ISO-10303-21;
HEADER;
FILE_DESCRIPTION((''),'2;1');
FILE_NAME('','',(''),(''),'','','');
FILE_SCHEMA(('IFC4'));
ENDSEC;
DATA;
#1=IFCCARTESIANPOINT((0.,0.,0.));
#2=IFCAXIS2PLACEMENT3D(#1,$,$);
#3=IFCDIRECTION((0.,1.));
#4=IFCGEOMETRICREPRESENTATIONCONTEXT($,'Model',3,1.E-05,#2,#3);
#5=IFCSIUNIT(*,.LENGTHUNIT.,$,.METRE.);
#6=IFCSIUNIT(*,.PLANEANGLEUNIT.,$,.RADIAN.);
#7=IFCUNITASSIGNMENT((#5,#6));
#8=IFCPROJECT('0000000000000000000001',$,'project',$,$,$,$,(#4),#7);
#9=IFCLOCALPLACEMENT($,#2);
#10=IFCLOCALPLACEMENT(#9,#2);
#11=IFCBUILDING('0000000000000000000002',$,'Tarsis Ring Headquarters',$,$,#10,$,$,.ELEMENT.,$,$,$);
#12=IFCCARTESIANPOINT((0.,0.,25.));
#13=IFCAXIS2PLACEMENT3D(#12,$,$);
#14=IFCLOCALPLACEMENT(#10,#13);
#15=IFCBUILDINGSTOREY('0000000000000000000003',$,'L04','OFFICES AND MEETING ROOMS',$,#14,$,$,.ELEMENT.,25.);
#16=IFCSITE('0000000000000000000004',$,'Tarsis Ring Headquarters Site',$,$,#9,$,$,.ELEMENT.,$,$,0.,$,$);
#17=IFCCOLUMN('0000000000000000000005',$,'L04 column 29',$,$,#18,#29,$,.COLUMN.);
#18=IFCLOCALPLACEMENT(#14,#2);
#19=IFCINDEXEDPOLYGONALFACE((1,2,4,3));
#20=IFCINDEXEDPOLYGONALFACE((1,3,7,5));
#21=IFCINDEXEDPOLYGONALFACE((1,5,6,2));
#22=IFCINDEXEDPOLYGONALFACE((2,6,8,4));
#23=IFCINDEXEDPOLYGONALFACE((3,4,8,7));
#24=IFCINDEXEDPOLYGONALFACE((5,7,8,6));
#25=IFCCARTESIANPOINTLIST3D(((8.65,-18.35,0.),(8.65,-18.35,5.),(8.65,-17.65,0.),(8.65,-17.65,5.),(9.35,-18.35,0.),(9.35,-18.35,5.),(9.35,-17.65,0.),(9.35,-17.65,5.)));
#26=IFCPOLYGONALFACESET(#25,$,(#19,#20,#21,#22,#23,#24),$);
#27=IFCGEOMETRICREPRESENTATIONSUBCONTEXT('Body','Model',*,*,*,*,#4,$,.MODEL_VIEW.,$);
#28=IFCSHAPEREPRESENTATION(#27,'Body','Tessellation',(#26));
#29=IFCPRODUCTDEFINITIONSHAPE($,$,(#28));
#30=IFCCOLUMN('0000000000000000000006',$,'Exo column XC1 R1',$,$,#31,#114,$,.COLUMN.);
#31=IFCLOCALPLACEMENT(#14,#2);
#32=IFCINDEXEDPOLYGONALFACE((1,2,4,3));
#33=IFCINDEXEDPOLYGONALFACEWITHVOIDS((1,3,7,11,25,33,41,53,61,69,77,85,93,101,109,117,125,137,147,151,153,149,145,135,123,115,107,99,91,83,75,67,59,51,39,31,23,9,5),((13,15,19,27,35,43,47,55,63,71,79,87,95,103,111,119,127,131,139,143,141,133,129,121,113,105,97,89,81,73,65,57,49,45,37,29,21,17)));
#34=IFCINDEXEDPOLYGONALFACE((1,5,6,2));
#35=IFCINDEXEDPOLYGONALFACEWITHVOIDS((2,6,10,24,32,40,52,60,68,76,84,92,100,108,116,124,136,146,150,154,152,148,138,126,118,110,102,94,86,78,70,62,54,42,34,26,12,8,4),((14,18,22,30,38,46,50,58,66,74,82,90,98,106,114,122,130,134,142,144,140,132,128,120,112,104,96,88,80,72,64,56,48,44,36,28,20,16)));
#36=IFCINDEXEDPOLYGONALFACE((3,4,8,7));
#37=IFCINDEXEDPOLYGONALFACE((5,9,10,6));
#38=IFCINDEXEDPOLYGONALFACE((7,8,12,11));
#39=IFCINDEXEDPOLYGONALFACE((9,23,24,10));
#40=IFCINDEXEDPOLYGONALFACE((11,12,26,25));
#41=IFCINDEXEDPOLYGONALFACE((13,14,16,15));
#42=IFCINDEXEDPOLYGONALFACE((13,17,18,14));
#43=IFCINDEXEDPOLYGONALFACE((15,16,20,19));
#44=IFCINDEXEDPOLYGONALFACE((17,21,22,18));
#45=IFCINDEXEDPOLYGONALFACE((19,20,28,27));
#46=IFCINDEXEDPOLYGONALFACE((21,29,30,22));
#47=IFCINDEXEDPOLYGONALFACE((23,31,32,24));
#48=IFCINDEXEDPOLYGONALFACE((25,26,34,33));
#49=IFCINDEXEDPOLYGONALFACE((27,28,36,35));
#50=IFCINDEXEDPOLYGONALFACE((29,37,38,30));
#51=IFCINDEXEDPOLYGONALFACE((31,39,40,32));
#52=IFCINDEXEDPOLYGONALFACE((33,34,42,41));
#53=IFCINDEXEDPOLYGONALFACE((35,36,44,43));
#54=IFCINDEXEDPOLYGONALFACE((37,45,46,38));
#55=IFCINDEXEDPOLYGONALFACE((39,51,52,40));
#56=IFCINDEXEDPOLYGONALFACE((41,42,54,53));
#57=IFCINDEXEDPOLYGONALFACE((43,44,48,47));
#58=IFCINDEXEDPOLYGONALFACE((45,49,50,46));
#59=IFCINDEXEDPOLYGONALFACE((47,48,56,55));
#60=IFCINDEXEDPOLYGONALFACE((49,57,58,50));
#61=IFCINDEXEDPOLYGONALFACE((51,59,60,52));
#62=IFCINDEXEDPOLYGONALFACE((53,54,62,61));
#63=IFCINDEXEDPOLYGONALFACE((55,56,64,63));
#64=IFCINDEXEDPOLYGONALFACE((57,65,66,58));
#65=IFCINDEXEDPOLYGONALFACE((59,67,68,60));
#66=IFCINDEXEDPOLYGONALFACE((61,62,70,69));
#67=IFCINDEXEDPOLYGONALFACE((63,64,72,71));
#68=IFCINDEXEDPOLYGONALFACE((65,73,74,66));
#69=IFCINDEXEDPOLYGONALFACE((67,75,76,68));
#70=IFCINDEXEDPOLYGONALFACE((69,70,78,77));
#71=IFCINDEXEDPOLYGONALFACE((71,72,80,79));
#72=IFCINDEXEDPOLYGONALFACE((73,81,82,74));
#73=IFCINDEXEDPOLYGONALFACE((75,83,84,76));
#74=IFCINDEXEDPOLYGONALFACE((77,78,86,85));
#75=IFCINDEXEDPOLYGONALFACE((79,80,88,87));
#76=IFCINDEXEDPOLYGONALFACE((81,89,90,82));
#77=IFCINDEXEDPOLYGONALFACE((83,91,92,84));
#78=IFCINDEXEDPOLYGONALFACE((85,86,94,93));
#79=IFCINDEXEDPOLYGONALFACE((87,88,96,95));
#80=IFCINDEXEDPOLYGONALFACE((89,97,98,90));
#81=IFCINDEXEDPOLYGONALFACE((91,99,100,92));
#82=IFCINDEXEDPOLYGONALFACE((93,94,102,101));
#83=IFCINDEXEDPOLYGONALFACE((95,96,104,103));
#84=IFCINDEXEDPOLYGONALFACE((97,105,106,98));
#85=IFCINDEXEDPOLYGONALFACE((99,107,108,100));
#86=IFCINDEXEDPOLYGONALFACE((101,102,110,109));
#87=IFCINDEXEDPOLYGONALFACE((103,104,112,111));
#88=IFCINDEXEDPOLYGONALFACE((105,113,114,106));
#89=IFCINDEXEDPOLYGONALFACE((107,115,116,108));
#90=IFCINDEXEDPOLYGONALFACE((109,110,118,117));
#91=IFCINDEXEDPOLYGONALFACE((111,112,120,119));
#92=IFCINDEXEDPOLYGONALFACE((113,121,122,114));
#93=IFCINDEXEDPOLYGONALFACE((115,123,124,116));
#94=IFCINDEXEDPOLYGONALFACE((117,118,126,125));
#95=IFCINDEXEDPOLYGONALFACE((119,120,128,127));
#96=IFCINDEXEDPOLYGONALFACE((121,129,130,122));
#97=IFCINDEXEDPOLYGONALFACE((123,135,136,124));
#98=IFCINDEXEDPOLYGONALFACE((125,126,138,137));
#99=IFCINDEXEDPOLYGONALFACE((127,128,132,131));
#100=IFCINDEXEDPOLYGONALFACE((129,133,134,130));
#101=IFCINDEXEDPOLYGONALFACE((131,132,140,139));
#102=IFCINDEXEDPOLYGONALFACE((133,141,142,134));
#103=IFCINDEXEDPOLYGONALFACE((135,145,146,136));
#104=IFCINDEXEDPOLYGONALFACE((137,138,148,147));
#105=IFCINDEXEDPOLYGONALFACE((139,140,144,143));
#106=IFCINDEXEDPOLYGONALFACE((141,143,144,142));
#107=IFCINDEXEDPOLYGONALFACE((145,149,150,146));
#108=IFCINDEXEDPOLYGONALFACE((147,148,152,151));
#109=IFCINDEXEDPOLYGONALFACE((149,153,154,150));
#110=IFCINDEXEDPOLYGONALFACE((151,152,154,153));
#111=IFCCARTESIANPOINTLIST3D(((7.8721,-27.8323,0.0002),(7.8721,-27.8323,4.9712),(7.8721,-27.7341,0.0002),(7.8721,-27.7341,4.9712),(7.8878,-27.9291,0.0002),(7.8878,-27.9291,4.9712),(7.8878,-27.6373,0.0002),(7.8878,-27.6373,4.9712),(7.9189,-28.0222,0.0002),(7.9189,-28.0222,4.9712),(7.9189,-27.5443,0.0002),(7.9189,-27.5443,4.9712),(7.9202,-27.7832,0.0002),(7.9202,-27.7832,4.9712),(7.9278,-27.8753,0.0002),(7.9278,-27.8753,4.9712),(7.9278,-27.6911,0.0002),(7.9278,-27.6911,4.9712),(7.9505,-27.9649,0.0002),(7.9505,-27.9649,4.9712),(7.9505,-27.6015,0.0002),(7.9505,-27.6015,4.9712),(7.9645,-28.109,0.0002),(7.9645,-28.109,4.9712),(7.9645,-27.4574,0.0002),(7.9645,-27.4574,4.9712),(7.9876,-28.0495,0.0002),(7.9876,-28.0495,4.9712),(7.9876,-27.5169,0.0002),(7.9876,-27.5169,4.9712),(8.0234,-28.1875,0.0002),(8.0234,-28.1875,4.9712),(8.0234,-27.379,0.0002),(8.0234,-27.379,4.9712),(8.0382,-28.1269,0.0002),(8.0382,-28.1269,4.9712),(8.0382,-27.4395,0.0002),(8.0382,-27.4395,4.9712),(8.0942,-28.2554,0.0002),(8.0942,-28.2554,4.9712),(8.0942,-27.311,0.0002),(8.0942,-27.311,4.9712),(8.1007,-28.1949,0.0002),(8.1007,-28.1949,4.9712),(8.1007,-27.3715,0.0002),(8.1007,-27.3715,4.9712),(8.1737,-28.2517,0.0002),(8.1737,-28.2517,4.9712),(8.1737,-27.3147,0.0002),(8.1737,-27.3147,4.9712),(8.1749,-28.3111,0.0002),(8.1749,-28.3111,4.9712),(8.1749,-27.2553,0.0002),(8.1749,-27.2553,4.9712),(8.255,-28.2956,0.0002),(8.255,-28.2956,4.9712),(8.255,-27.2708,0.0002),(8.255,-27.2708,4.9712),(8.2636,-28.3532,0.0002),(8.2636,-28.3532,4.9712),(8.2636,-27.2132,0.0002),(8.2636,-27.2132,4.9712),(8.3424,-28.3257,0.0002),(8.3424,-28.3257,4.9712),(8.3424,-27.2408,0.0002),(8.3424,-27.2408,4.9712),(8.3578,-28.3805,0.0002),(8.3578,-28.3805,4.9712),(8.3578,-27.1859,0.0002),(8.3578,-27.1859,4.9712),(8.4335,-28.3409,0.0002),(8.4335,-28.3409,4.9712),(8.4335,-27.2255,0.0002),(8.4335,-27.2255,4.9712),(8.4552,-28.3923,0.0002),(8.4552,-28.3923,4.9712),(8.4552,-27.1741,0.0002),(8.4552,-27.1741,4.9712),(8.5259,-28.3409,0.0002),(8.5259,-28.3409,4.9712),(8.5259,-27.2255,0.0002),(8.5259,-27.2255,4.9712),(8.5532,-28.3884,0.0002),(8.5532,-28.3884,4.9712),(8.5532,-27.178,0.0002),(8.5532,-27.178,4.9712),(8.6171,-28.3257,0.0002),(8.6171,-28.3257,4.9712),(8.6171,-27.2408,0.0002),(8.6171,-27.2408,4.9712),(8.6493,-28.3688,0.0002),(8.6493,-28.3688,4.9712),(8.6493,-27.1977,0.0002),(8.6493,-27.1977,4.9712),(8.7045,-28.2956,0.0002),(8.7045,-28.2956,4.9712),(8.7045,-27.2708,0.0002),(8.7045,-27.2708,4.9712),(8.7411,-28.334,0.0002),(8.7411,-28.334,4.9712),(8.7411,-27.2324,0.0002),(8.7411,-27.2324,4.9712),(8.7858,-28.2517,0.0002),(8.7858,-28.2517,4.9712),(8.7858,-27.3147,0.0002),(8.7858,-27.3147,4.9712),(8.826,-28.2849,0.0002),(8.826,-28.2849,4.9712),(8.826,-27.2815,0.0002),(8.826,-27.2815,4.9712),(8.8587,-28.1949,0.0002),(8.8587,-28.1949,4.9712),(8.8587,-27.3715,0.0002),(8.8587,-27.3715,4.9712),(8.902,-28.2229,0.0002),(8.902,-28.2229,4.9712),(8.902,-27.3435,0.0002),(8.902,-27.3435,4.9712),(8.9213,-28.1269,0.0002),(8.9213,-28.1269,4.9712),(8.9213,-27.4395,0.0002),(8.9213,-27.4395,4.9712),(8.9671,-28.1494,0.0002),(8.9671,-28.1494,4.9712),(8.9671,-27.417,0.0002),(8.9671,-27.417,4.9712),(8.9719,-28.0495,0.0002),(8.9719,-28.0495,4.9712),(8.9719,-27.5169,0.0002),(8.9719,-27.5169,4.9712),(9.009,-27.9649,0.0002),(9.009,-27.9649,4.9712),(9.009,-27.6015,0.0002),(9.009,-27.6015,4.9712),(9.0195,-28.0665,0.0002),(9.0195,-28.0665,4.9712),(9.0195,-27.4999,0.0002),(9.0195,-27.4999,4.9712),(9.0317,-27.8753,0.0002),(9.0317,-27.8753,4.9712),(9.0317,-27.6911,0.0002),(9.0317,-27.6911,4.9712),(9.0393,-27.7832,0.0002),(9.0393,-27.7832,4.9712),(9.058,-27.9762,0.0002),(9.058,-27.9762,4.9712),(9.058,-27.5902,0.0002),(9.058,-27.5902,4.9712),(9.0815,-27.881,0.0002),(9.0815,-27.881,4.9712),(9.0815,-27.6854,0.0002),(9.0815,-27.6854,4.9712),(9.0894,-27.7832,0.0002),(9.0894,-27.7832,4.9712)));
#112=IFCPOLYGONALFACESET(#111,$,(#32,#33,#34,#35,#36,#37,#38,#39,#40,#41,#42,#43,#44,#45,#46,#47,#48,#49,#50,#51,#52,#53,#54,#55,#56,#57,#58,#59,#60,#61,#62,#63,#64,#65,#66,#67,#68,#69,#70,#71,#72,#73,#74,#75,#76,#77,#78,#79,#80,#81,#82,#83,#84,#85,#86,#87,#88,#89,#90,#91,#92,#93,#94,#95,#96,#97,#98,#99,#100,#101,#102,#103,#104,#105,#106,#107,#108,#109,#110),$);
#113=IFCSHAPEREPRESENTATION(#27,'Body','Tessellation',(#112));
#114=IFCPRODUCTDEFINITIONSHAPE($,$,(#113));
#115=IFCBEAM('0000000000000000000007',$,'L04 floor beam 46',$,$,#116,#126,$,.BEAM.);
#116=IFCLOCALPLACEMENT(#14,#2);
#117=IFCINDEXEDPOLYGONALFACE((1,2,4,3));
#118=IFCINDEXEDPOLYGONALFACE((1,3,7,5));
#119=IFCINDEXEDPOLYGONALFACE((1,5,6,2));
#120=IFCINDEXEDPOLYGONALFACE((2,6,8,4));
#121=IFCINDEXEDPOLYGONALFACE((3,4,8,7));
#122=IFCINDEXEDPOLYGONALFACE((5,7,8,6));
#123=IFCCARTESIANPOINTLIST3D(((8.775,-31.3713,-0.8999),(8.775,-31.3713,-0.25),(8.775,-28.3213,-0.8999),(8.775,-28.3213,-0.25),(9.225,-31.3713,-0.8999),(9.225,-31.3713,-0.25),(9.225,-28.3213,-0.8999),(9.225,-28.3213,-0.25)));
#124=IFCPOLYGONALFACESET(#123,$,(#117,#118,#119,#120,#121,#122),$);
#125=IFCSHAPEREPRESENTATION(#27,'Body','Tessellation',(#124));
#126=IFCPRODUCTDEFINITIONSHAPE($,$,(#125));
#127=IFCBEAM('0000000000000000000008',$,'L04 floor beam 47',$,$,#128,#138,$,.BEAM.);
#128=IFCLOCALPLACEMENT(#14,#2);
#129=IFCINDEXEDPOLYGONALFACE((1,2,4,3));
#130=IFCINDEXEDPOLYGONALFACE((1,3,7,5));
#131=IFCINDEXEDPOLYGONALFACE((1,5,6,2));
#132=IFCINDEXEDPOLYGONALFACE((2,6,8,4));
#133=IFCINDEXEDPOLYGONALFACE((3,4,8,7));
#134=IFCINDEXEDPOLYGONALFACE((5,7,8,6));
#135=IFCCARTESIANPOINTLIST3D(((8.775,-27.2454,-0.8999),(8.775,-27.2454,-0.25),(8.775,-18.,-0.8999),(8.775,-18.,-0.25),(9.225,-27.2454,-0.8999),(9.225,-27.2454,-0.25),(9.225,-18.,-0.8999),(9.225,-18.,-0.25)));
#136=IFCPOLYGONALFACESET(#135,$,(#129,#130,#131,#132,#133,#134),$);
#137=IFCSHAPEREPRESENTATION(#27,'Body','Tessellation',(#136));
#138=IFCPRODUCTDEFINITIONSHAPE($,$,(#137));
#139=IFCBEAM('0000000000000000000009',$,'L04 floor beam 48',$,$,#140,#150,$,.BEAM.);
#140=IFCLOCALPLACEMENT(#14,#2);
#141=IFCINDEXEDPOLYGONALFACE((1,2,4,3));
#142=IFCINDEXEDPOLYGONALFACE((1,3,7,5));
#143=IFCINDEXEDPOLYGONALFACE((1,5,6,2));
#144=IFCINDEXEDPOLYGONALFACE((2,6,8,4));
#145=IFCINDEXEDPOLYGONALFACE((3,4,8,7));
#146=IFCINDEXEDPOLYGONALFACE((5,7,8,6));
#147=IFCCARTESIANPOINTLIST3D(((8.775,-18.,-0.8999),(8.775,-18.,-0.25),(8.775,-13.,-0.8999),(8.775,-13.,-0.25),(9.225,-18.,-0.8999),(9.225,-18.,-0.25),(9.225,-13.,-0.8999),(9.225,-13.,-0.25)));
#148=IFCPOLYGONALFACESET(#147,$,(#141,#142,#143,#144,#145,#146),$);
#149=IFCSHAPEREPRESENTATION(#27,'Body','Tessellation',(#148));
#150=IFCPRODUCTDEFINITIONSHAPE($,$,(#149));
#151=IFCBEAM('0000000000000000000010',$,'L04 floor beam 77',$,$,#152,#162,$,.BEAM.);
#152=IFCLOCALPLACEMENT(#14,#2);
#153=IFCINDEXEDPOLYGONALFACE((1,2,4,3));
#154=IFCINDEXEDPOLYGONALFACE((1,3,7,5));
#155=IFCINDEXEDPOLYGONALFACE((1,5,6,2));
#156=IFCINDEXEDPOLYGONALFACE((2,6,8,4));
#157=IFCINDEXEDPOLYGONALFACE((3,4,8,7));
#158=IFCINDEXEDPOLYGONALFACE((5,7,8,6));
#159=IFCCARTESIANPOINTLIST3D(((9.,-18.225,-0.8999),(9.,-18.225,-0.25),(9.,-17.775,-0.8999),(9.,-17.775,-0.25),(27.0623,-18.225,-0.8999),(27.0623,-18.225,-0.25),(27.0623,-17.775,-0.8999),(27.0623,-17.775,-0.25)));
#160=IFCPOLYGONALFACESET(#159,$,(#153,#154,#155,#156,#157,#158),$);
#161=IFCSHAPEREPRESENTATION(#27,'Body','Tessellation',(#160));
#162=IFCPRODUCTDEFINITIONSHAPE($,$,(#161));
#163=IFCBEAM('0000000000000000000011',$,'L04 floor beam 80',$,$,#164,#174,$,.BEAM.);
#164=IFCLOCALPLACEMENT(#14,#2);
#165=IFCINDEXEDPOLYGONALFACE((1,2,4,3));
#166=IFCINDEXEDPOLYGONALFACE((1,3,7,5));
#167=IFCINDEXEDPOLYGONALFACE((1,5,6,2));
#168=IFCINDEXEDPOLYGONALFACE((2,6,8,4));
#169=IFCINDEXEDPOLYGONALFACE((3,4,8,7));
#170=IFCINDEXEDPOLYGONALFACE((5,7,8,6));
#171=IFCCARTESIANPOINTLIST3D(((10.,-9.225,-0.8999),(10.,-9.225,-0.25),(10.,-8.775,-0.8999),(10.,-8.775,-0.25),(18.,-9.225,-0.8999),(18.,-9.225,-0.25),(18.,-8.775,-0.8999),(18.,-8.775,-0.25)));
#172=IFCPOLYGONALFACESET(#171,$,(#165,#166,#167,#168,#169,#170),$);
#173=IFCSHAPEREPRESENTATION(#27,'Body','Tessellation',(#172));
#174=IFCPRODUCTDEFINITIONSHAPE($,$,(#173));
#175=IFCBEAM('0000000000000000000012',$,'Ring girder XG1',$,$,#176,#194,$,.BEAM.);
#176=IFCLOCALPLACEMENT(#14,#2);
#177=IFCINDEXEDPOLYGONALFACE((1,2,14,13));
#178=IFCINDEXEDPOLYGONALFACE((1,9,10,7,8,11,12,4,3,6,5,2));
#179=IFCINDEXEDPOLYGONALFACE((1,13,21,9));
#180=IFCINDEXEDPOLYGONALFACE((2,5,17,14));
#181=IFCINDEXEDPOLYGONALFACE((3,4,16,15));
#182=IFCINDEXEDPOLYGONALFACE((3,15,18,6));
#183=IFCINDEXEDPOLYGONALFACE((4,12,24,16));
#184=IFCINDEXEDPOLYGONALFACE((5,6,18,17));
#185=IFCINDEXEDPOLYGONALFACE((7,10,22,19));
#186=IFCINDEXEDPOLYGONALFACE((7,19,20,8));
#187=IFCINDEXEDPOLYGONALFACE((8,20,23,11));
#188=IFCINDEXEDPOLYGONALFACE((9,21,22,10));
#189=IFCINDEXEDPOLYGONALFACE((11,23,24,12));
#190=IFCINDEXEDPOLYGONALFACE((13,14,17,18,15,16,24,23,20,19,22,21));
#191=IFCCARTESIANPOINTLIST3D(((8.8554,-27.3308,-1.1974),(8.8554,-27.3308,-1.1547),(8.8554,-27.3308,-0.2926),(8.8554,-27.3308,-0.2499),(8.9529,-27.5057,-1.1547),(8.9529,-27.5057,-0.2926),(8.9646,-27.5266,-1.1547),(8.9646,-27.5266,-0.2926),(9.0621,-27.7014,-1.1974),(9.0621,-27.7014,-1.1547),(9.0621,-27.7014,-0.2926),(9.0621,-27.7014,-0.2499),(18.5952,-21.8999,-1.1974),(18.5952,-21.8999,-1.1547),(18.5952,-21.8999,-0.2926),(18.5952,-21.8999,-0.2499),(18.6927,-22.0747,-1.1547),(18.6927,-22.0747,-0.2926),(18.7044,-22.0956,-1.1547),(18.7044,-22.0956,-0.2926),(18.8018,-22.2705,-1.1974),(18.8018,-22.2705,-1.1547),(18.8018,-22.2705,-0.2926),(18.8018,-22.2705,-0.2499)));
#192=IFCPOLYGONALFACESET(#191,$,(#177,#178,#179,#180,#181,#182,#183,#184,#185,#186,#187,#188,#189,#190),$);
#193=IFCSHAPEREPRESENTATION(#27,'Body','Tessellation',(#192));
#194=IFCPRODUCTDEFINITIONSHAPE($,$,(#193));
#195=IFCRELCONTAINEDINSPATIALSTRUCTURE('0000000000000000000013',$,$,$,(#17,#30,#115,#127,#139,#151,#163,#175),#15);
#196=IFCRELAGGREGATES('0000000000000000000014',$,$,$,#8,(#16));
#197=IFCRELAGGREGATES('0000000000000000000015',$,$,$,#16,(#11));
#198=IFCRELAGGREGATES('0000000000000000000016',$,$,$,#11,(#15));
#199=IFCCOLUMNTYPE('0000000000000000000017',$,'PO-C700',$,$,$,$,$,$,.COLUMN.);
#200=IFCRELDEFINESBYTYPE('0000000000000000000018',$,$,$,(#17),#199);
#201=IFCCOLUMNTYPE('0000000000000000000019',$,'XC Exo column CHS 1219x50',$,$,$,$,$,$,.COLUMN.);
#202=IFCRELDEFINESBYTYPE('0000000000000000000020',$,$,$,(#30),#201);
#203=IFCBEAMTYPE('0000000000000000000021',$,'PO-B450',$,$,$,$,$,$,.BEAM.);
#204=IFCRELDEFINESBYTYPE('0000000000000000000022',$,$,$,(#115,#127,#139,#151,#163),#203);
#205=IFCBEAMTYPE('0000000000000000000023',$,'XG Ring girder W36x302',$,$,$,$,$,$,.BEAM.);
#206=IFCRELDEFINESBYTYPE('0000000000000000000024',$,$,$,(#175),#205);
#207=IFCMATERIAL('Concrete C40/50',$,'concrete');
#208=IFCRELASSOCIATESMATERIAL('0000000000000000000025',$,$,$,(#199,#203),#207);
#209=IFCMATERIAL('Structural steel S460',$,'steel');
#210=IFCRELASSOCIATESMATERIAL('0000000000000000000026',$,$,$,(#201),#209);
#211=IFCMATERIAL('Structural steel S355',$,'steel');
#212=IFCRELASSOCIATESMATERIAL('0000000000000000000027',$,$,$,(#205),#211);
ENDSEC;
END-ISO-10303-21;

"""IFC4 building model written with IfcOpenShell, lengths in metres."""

from ifc_helpers import new_model, si_unit, direction, frame, origin, origin_2d, place, context, subcontext, project, spatial, rectangle, hollow_circle, i_section, extrude, material, material_profile, profile_set, type_object, element, save


model = new_model("IFC4")

# Units and contexts
model_context = context("Model", 3, precision=1e-05, world=origin(), true_north=direction((0.0, 1.0)))
body_context = subcontext(model_context, "Body", "Model", "MODEL_VIEW")
ifc_project = project(units=[si_unit("LENGTHUNIT", "METRE"), si_unit("PLANEANGLEUNIT", "RADIAN")], contexts=[model_context])

# Site, building, storey
site_placement = place(None, origin())
site = spatial("IfcSite", under=ifc_project, at=site_placement, Name="Tarsis Ring Headquarters Site", CompositionType="ELEMENT", RefElevation=0.0)
building_placement = place(site_placement, origin())
building = spatial("IfcBuilding", under=site, at=building_placement, Name="Tarsis Ring Headquarters", CompositionType="ELEMENT")
storey_placement = place(building_placement, frame((0.0, 0.0, 25.0)))
storey = spatial("IfcBuildingStorey", under=building, at=storey_placement, Name="L04", Description="OFFICES AND MEETING ROOMS", CompositionType="ELEMENT", Elevation=25.0)

# Columns
ifc_material_1 = material(Name="Concrete C40/50", Category="concrete")
ifc_material_profile_1 = material_profile(ifc_material_1, rectangle(XDim=0.7, YDim=0.7, at=origin_2d()), Name="PO-C700")
ifc_profile_set_1 = profile_set([ifc_material_profile_1], Name="Concrete C40/50")
column_type_1 = type_object("IfcColumnType", Name="PO-C700", PredefinedType="COLUMN", material=ifc_profile_set_1)
column_1_placement = place(storey_placement, frame((9.0, -18.0, 0.0), z_axis=(0.0, 0.0, 1.0), x_axis=(1.0, 0.0, 0.0)))
element("IfcColumn", 1, at=column_1_placement, inside=storey, type_object=column_type_1, Name="L04 column 29", PredefinedType="COLUMN", context=body_context, shape_type="SweptSolid", body=[
    extrude(rectangle(XDim=0.7, YDim=0.7, at=origin_2d()), origin(), (0.0, 0.0, 1.0), 5.0),
])
ifc_material_2 = material(Name="Structural steel S460", Category="steel")
ifc_material_profile_2 = material_profile(ifc_material_2, hollow_circle(Radius=0.6096, WallThickness=0.05, at=origin_2d()), Name="CHS 1219x50")
ifc_profile_set_2 = profile_set([ifc_material_profile_2], Name="Structural steel S460")
column_type_2 = type_object("IfcColumnType", Name="XC Exo column CHS 1219x50", PredefinedType="COLUMN", material=ifc_profile_set_2)
column_2_placement = place(storey_placement, frame((8.4797, -27.7832, 0.0002), z_axis=(0.0, 0.0, 1.0), x_axis=(1.0, 0.0, 0.0)))
element("IfcColumn", 2, at=column_2_placement, inside=storey, type_object=column_type_2, Name="Exo column XC1 R1", PredefinedType="COLUMN", context=body_context, shape_type="SweptSolid", body=[
    extrude(hollow_circle(Radius=0.6096, WallThickness=0.05, at=origin_2d()), origin(), (0.0, 0.0, 1.0), 4.9709),
])

# Beams
ifc_material_profile_3 = material_profile(ifc_material_1, rectangle(XDim=0.45, YDim=0.6499, at=origin_2d()), Name="PO-B450")
ifc_profile_set_3 = profile_set([ifc_material_profile_3], Name="Concrete C40/50")
beam_type_1 = type_object("IfcBeamType", Name="PO-B450", PredefinedType="BEAM", material=ifc_profile_set_3)
beam_1_placement = place(storey_placement, frame((9.0, -31.3713, -0.575), z_axis=(0.0, 1.0, 0.0), x_axis=(-1.0, 0.0, 0.0)))
element("IfcBeam", 3, at=beam_1_placement, inside=storey, type_object=beam_type_1, Name="L04 floor beam 46", PredefinedType="BEAM", context=body_context, shape_type="SweptSolid", body=[
    extrude(rectangle(XDim=0.45, YDim=0.6499, at=origin_2d()), origin(), (0.0, 0.0, 1.0), 3.05),
])
beam_2_placement = place(storey_placement, frame((9.0, -27.2454, -0.575), z_axis=(0.0, 1.0, 0.0), x_axis=(-1.0, 0.0, 0.0)))
element("IfcBeam", 4, at=beam_2_placement, inside=storey, type_object=beam_type_1, Name="L04 floor beam 47", PredefinedType="BEAM", context=body_context, shape_type="SweptSolid", body=[
    extrude(rectangle(XDim=0.45, YDim=0.6499, at=origin_2d()), origin(), (0.0, 0.0, 1.0), 9.2454),
])
beam_3_placement = place(storey_placement, frame((9.0, -18.0, -0.575), z_axis=(0.0, 1.0, 0.0), x_axis=(-1.0, 0.0, 0.0)))
element("IfcBeam", 5, at=beam_3_placement, inside=storey, type_object=beam_type_1, Name="L04 floor beam 48", PredefinedType="BEAM", context=body_context, shape_type="SweptSolid", body=[
    extrude(rectangle(XDim=0.45, YDim=0.6499, at=origin_2d()), origin(), (0.0, 0.0, 1.0), 5.0),
])
beam_4_placement = place(storey_placement, frame((9.0, -18.0, -0.575), z_axis=(1.0, 0.0, 0.0), x_axis=(0.0, 1.0, 0.0)))
element("IfcBeam", 6, at=beam_4_placement, inside=storey, type_object=beam_type_1, Name="L04 floor beam 77", PredefinedType="BEAM", context=body_context, shape_type="SweptSolid", body=[
    extrude(rectangle(XDim=0.45, YDim=0.6499, at=origin_2d()), origin(), (0.0, 0.0, 1.0), 18.0623),
])
beam_5_placement = place(storey_placement, frame((10.0, -9.0, -0.575), z_axis=(1.0, 0.0, 0.0), x_axis=(0.0, 1.0, 0.0)))
element("IfcBeam", 7, at=beam_5_placement, inside=storey, type_object=beam_type_1, Name="L04 floor beam 80", PredefinedType="BEAM", context=body_context, shape_type="SweptSolid", body=[
    extrude(rectangle(XDim=0.45, YDim=0.6499, at=origin_2d()), origin(), (0.0, 0.0, 1.0), 8.0),
])
ifc_material_3 = material(Name="Structural steel S355", Category="steel")
ifc_material_profile_4 = material_profile(ifc_material_3, i_section(OverallWidth=0.4243, OverallDepth=0.9475, WebThickness=0.0239, FlangeThickness=0.0427, at=origin_2d()), Name="W36x302")
ifc_profile_set_4 = profile_set([ifc_material_profile_4], Name="Structural steel S355")
beam_type_2 = type_object("IfcBeamType", Name="XG Ring girder W36x302", PredefinedType="BEAM", material=ifc_profile_set_4)
beam_6_placement = place(storey_placement, frame((8.9587, -27.5161, -0.7236), z_axis=(0.873397, 0.487009, 0.0), x_axis=(-0.487009, 0.873397, 0.0)))
element("IfcBeam", 8, at=beam_6_placement, inside=storey, type_object=beam_type_2, Name="Ring girder XG1", PredefinedType="BEAM", context=body_context, shape_type="SweptSolid", body=[
    extrude(i_section(OverallWidth=0.4243, OverallDepth=0.9475, WebThickness=0.0239, FlangeThickness=0.0427, at=origin_2d()), origin(), (0.0, 0.0, 1.0), 11.1516),
])

save(model, "model.ifc")
